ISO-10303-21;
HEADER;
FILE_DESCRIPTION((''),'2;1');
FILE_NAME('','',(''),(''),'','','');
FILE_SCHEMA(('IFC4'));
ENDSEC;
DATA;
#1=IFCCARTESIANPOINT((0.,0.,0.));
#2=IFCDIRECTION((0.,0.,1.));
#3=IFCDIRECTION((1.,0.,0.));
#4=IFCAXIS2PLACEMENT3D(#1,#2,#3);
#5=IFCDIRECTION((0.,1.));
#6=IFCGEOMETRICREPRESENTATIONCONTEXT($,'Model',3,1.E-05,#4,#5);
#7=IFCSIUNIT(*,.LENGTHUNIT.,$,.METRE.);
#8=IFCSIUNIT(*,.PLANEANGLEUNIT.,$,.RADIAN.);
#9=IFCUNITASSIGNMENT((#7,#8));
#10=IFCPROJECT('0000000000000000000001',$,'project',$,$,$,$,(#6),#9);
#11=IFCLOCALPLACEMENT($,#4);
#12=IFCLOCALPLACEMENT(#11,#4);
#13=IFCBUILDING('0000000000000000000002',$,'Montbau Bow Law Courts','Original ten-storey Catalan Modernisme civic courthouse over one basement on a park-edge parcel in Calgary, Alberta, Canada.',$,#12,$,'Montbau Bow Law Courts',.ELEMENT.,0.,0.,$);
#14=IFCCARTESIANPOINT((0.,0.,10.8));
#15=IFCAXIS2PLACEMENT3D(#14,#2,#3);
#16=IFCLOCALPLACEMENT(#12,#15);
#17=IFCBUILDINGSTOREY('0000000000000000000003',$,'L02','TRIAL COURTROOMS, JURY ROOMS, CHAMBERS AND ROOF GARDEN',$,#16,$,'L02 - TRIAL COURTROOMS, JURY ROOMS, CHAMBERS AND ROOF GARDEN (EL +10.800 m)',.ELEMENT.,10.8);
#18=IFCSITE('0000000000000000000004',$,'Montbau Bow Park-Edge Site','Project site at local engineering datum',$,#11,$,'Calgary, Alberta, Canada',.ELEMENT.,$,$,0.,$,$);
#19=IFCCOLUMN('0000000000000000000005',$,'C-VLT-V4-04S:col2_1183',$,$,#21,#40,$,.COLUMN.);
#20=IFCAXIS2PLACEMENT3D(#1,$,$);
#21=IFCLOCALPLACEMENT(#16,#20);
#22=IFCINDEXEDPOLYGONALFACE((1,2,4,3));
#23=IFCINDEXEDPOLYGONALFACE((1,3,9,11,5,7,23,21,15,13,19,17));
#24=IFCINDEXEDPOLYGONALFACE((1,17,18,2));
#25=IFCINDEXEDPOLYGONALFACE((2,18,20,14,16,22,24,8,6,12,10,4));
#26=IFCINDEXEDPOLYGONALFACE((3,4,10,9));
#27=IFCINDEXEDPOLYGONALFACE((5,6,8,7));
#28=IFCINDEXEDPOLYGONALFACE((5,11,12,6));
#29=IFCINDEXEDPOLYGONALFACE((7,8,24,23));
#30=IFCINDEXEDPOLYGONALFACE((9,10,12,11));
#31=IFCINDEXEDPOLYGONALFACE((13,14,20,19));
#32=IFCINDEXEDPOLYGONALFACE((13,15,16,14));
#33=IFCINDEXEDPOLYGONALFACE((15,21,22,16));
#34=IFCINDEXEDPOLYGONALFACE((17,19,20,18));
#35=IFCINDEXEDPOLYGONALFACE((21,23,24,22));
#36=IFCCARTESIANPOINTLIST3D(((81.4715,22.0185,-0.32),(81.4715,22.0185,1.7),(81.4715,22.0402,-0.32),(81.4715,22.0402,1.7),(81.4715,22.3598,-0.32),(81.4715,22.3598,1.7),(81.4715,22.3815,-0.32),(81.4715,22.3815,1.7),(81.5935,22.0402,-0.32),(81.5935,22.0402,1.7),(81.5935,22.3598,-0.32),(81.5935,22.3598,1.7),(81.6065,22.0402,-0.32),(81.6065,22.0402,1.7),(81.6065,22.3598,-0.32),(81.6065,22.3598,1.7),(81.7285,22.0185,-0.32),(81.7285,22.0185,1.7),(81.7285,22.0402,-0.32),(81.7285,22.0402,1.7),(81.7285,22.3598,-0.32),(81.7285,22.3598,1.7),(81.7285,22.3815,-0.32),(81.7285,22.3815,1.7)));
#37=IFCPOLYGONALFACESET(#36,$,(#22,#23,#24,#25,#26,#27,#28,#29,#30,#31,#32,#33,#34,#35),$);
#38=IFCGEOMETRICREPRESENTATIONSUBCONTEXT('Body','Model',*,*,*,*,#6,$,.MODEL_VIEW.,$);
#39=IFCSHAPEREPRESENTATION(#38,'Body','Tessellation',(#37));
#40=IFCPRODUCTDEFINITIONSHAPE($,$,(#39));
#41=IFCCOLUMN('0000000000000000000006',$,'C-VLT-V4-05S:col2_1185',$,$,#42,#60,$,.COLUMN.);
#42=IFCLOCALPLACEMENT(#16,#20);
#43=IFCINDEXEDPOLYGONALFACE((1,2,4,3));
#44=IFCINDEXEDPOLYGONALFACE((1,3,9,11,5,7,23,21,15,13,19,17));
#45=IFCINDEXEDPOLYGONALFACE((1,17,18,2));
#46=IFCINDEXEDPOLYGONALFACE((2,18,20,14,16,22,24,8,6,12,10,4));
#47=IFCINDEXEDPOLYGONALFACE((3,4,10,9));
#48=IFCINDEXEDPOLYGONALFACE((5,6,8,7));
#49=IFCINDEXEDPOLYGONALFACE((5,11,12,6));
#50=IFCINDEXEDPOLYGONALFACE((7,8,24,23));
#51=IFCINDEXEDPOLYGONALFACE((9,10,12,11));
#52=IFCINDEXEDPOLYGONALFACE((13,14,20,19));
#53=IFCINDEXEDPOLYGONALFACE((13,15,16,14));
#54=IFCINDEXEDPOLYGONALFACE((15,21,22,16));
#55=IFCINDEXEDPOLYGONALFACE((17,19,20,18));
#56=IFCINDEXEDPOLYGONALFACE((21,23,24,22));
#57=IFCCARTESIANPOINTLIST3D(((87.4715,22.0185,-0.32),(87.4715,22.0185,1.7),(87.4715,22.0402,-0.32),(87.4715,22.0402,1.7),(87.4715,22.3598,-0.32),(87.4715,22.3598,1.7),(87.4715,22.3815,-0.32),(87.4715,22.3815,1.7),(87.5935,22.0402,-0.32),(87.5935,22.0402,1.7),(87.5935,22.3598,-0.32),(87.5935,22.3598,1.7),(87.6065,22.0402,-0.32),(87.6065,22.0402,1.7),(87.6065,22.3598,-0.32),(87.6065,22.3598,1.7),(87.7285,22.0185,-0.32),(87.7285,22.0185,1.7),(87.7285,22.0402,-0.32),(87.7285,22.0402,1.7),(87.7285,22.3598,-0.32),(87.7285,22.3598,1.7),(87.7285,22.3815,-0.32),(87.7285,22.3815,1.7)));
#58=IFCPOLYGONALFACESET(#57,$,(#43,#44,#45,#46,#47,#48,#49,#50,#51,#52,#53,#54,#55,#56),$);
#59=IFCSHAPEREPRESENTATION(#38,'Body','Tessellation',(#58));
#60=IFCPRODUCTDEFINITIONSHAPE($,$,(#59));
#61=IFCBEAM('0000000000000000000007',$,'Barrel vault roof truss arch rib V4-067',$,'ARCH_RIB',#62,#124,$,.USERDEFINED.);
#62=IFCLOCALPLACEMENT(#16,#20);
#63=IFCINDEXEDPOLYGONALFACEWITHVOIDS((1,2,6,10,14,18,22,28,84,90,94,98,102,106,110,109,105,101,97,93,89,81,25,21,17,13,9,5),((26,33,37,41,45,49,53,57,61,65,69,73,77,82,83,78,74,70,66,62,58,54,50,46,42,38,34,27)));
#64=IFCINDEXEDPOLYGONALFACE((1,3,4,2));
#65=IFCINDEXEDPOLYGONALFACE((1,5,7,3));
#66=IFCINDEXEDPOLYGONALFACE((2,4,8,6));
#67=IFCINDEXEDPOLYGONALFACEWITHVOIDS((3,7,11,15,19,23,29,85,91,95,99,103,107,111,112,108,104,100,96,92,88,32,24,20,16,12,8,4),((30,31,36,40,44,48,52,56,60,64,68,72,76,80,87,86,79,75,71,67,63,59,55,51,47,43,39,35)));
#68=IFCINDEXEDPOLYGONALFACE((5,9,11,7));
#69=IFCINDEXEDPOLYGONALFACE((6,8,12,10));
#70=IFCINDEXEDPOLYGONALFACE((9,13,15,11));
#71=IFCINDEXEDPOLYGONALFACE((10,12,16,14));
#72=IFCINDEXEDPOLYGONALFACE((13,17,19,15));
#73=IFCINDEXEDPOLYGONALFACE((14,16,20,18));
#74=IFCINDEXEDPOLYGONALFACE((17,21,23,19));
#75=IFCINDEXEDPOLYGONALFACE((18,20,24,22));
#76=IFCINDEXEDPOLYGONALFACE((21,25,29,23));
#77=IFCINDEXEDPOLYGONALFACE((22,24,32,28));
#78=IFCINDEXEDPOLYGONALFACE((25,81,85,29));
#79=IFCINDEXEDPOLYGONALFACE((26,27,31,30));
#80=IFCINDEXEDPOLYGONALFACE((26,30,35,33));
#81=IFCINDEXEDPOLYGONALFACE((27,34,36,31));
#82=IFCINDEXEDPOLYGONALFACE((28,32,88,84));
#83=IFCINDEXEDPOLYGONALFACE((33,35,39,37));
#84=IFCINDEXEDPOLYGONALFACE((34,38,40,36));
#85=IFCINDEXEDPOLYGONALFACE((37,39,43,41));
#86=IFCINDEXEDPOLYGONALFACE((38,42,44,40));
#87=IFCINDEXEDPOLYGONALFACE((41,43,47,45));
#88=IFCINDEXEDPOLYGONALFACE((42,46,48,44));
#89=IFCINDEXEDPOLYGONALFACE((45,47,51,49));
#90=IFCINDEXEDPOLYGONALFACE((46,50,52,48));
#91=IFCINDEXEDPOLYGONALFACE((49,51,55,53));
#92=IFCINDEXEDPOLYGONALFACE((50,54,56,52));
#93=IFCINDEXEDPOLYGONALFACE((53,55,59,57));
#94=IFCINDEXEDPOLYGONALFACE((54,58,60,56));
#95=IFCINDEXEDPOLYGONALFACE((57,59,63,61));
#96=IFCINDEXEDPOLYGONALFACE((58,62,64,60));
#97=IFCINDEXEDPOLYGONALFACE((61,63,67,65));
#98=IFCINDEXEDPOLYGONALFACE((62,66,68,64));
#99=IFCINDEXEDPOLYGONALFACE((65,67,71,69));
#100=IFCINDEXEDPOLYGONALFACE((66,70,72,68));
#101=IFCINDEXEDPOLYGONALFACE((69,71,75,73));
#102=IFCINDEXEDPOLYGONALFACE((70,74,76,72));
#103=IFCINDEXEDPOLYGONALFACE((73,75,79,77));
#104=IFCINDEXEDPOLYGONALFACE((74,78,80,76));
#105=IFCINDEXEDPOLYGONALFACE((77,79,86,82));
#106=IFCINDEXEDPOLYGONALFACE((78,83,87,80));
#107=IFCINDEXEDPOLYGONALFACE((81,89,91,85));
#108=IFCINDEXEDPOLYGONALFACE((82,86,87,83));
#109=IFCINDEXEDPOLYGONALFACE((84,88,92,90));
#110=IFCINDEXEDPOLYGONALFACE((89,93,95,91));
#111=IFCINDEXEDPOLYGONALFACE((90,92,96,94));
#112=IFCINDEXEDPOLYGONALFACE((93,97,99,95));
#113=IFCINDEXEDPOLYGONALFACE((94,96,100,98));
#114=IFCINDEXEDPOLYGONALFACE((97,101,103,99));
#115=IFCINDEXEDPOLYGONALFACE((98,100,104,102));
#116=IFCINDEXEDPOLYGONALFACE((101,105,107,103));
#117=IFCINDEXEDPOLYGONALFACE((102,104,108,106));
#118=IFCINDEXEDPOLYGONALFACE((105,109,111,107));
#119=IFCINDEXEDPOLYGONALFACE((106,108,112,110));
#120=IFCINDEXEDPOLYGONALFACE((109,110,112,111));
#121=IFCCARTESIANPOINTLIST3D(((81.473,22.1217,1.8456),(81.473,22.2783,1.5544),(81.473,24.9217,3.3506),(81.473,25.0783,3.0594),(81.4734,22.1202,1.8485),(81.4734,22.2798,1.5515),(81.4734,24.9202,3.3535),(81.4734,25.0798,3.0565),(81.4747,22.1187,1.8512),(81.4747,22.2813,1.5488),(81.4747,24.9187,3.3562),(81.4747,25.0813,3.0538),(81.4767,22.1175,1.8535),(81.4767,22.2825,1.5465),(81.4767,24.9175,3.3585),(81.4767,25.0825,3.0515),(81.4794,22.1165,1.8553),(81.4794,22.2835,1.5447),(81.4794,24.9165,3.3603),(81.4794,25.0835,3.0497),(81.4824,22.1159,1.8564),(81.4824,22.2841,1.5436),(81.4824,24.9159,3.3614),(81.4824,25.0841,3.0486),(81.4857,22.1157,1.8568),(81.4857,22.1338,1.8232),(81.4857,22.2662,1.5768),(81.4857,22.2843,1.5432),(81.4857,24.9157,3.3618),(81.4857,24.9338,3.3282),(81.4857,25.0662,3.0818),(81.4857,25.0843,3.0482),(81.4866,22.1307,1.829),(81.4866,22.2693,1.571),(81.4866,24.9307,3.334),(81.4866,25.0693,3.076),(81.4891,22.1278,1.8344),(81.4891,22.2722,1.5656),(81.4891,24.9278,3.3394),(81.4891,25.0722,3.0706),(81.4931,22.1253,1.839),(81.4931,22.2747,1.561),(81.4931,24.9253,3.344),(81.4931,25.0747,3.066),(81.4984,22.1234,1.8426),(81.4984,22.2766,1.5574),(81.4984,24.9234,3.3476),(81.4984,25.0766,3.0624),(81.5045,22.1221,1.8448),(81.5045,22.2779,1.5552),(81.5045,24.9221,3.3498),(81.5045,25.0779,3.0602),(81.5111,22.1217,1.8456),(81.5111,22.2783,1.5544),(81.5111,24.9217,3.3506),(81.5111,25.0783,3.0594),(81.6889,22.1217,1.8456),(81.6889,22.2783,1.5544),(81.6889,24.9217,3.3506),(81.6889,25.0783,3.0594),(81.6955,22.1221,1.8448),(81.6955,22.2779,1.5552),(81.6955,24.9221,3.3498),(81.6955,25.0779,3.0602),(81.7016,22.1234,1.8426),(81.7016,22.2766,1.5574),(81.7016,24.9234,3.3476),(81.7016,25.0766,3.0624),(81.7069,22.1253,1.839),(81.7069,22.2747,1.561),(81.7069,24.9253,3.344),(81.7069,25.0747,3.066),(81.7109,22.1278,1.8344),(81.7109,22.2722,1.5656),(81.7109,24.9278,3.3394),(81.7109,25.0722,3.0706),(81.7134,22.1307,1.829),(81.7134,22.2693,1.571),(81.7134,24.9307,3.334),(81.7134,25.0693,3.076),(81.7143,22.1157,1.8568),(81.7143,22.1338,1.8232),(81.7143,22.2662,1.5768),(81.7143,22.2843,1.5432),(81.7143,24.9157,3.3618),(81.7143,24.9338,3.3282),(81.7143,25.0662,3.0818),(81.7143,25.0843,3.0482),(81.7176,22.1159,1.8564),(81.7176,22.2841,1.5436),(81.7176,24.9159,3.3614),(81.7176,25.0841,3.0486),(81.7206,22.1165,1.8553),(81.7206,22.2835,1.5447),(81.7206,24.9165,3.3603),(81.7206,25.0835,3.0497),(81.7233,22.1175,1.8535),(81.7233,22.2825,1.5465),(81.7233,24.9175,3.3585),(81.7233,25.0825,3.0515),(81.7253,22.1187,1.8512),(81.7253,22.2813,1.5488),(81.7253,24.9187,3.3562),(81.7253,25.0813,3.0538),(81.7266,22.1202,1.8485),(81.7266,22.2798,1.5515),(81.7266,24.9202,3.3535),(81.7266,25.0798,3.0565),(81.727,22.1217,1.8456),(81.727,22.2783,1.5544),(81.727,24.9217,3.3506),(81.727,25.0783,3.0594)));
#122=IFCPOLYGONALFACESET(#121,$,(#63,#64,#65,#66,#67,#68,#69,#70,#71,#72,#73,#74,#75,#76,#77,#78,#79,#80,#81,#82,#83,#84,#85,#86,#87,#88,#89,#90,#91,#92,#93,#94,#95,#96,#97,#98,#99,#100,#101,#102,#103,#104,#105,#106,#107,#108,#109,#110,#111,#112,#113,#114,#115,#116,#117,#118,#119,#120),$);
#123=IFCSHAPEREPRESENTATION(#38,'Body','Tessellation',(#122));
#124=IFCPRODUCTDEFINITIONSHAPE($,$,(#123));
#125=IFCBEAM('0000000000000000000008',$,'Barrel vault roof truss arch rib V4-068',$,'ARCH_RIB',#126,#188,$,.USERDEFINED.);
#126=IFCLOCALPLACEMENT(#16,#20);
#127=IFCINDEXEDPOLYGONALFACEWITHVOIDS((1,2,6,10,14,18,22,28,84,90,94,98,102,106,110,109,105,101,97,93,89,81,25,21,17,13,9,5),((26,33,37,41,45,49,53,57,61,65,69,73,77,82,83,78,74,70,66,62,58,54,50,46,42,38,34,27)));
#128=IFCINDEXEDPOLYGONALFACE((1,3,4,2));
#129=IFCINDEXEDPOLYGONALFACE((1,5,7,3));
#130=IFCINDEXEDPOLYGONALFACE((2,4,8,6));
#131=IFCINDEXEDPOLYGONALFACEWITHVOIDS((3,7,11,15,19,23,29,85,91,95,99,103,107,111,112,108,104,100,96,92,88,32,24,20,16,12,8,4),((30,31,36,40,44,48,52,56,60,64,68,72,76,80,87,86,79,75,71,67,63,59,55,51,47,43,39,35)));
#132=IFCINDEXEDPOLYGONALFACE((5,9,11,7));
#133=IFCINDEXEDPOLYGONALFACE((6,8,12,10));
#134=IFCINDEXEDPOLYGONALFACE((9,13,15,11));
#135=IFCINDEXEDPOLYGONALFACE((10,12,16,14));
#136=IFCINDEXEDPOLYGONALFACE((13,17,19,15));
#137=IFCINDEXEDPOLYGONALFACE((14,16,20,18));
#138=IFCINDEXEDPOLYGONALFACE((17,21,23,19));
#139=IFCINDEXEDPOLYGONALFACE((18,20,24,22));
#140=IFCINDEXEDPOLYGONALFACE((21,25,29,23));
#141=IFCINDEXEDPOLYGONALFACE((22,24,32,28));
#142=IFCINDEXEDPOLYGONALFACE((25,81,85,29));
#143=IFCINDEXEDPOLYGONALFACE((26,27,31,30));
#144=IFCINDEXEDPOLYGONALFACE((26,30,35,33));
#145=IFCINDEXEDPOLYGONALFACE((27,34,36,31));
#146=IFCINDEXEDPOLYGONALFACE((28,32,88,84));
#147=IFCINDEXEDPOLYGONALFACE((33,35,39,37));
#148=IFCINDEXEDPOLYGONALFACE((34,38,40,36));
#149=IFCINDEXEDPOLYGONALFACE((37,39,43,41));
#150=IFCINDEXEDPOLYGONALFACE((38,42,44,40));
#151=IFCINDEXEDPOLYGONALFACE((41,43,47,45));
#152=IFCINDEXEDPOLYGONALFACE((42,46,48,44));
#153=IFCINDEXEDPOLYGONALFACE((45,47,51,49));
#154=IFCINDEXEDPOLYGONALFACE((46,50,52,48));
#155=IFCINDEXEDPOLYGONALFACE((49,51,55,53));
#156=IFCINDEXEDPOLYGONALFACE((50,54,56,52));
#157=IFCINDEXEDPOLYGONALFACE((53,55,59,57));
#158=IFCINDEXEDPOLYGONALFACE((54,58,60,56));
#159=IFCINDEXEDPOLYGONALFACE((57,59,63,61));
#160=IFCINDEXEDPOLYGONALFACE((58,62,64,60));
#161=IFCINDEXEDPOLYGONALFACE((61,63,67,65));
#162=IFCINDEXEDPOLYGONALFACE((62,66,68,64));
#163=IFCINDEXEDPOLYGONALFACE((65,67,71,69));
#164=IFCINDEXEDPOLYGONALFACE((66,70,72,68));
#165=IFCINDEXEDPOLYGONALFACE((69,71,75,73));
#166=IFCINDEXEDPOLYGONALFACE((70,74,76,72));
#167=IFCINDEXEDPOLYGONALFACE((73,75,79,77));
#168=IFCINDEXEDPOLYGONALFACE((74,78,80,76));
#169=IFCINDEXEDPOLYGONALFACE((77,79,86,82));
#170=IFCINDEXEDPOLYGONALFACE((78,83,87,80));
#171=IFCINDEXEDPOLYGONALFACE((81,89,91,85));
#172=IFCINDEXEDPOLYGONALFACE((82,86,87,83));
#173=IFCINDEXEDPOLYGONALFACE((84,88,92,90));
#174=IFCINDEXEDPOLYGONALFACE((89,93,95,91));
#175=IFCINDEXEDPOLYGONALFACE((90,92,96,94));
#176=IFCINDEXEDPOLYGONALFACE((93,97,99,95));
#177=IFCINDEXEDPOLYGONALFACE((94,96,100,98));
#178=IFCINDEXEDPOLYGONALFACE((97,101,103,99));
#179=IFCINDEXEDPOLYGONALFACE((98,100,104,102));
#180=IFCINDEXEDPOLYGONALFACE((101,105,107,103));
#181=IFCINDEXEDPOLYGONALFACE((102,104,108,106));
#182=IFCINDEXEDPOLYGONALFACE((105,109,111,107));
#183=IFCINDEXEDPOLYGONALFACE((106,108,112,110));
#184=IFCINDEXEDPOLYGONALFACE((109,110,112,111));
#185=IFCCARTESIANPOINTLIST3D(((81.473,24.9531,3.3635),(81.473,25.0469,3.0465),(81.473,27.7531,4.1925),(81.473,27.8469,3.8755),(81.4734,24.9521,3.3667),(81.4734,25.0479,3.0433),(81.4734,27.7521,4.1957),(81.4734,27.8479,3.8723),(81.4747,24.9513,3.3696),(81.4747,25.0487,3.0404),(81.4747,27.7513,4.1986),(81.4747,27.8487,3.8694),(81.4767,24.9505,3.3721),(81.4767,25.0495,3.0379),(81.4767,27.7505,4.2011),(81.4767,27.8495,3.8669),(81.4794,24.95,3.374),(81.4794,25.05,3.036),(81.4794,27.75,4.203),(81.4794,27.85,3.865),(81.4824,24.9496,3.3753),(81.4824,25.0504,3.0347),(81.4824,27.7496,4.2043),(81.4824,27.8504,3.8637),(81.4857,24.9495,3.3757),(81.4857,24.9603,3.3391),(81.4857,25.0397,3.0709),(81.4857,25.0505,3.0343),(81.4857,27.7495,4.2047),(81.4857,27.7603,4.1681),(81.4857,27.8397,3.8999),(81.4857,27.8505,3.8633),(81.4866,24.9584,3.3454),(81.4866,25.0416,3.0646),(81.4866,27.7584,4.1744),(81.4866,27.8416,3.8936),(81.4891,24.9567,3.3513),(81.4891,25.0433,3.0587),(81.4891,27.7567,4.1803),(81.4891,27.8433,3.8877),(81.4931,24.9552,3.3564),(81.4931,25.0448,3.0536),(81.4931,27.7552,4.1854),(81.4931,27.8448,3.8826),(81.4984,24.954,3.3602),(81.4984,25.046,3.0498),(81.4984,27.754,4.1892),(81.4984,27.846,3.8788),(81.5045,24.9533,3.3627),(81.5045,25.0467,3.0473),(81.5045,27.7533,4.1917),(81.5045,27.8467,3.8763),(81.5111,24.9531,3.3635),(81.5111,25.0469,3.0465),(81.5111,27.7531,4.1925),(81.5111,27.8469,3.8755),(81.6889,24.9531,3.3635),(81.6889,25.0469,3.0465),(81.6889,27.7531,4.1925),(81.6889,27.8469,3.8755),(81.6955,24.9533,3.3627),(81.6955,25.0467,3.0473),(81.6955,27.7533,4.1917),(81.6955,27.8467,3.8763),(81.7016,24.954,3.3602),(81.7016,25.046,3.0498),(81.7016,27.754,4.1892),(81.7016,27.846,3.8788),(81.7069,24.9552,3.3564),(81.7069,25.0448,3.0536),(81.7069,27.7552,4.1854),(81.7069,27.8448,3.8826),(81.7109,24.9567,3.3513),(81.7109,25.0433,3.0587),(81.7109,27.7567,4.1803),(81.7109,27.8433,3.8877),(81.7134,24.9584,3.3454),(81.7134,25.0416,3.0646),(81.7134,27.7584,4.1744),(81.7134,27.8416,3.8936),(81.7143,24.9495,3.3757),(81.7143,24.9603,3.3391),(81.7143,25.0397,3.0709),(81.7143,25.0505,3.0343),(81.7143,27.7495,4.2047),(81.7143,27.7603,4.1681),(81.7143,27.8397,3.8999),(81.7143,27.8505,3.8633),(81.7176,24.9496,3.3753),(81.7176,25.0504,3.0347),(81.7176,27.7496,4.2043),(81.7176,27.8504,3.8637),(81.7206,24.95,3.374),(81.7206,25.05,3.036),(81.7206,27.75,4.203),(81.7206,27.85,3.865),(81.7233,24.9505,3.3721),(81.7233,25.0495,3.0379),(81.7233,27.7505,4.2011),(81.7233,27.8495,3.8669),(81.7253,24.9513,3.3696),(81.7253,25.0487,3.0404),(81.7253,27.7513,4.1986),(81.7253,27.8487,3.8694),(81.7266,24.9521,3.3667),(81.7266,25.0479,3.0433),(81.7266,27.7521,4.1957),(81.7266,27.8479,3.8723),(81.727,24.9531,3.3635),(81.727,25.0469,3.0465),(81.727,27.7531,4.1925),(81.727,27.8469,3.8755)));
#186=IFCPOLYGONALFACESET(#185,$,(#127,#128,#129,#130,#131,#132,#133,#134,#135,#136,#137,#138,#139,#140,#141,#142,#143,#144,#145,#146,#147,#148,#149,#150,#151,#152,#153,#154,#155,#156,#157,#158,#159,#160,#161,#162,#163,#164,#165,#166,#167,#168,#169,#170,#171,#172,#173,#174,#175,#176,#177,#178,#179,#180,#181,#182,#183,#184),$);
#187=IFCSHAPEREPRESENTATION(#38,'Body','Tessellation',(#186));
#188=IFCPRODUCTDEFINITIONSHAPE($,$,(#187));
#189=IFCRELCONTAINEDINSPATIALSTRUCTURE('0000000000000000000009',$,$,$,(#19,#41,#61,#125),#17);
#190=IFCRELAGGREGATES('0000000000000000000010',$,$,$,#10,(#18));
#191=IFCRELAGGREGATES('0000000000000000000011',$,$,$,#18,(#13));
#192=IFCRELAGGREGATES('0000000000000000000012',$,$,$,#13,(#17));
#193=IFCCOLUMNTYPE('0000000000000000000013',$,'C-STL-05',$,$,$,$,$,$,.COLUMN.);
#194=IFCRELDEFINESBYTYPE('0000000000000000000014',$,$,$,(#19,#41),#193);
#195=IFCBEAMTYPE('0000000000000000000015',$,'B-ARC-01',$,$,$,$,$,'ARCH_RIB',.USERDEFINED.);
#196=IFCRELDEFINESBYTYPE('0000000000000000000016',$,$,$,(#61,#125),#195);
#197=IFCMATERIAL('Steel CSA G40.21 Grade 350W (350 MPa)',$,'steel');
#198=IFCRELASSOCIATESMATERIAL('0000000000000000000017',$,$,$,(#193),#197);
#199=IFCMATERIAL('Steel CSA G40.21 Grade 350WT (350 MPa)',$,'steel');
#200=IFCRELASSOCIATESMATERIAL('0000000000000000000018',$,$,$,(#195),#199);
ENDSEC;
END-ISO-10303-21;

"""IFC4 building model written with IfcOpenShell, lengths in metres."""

from ifc_helpers import new_model, si_unit, direction, frame, origin_with_axes, origin_2d_with_axis, place, context, subcontext, project, spatial, hollow_rectangle, i_section, extrude, material, material_profile, profile_set, type_object, element, save


model = new_model("IFC4")

# Units and contexts
model_context = context("Model", 3, precision=1e-05, world=origin_with_axes(), true_north=direction((0.0, 1.0)))
body_context = subcontext(model_context, "Body", "Model", "MODEL_VIEW")
ifc_project = project(units=[si_unit("LENGTHUNIT", "METRE"), si_unit("PLANEANGLEUNIT", "RADIAN")], contexts=[model_context])

# Site, building, storey
site_placement = place(None, origin_with_axes())
site = spatial("IfcSite", under=ifc_project, at=site_placement, Name="Montbau Bow Park-Edge Site", Description="Project site at local engineering datum", LongName="Calgary, Alberta, Canada", CompositionType="ELEMENT", RefElevation=0.0)
building_placement = place(site_placement, origin_with_axes())
building = spatial("IfcBuilding", under=site, at=building_placement, Name="Montbau Bow Law Courts", Description="Original ten-storey Catalan Modernisme civic courthouse over one basement on a park-edge parcel in Calgary, Alberta, Canada.", LongName="Montbau Bow Law Courts", CompositionType="ELEMENT", ElevationOfRefHeight=0.0, ElevationOfTerrain=0.0)
storey_placement = place(building_placement, frame((0.0, 0.0, 10.8), z_axis=(0.0, 0.0, 1.0), x_axis=(1.0, 0.0, 0.0)))
storey = spatial("IfcBuildingStorey", under=building, at=storey_placement, Name="L02", Description="TRIAL COURTROOMS, JURY ROOMS, CHAMBERS AND ROOF GARDEN", LongName="L02 - TRIAL COURTROOMS, JURY ROOMS, CHAMBERS AND ROOF GARDEN (EL +10.800 m)", CompositionType="ELEMENT", Elevation=10.8)

# Columns
ifc_material_1 = material(Name="Steel CSA G40.21 Grade 350W (350 MPa)", Category="steel")
ifc_material_profile_1 = material_profile(ifc_material_1, i_section(OverallWidth=0.257, OverallDepth=0.363, WebThickness=0.013, FlangeThickness=0.0217, at=origin_2d_with_axis()), Name="W360X122", Category="Main", Priority=0)
ifc_profile_set_1 = profile_set([ifc_material_profile_1], Name="Steel CSA G40.21 Grade 350W (350 MPa)")
column_type = type_object("IfcColumnType", Name="C-STL-05", PredefinedType="COLUMN", material=ifc_profile_set_1)
for number, where, z_axis, x_axis, name in (
    (1, (81.6, 22.2, 10.48), (0.0, 0.0, 1.0), (1.0, 0.0, 0.0), "C-VLT-V4-04S:col2_1183"),
    (2, (87.6, 22.2, 10.48), (0.0, 0.0, 1.0), (1.0, 0.0, 0.0), "C-VLT-V4-05S:col2_1185"),
):
    element("IfcColumn", number, at=place(None, frame(where, z_axis=z_axis, x_axis=x_axis)), inside=storey, type_object=column_type, Name=name, PredefinedType="COLUMN", context=body_context, shape_type="SweptSolid", body=[
        extrude(i_section(OverallWidth=0.257, OverallDepth=0.363, WebThickness=0.013, FlangeThickness=0.0217, at=origin_2d_with_axis()), origin_with_axes(), (0.0, 0.0, 1.0), 2.02),
    ])

# Beams
ifc_material_2 = material(Name="Steel CSA G40.21 Grade 350WT (350 MPa)", Category="steel")
ifc_material_profile_2 = material_profile(ifc_material_2, hollow_rectangle(XDim=0.254, YDim=0.356, WallThickness=0.0127, InnerFilletRadius=0.0254, OuterFilletRadius=0.0127, at=origin_2d_with_axis()), Name="HSS356X254X13", Category="Main", Priority=0)
ifc_profile_set_2 = profile_set([ifc_material_profile_2], Name="Steel CSA G40.21 Grade 350WT (350 MPa)")
beam_type_1 = type_object("IfcBeamType", Name="B-ARC-01", ElementType="ARCH_RIB", PredefinedType="USERDEFINED", material=ifc_profile_set_2)
beam_1_placement = place(None, frame((81.6, 22.2, 12.5), z_axis=(0.0, 0.880824, 0.473443), x_axis=(-1.0, 0.0, 0.0)))
element("IfcBeam", 3, at=beam_1_placement, inside=storey, type_object=beam_type_1, Name="Barrel vault roof truss arch rib V4-067", ObjectType="ARCH_RIB", PredefinedType="USERDEFINED", context=body_context, shape_type="SweptSolid", body=[
    extrude(hollow_rectangle(XDim=0.254, YDim=0.356, WallThickness=0.0127, InnerFilletRadius=0.0254, OuterFilletRadius=0.0127, at=origin_2d_with_axis()), origin_with_axes(), (0.0, 0.0, 1.0), 3.1788),
])
beam_2_placement = place(None, frame((81.6, 25.0, 14.005), z_axis=(0.0, 0.958857, 0.28389), x_axis=(-1.0, 0.0, 0.0)))
element("IfcBeam", 4, at=beam_2_placement, inside=storey, type_object=beam_type_1, Name="Barrel vault roof truss arch rib V4-068", ObjectType="ARCH_RIB", PredefinedType="USERDEFINED", context=body_context, shape_type="SweptSolid", body=[
    extrude(hollow_rectangle(XDim=0.254, YDim=0.356, WallThickness=0.0127, InnerFilletRadius=0.0254, OuterFilletRadius=0.0127, at=origin_2d_with_axis()), origin_with_axes(), (0.0, 0.0, 1.0), 2.9201),
])

save(model, "model.ifc")
